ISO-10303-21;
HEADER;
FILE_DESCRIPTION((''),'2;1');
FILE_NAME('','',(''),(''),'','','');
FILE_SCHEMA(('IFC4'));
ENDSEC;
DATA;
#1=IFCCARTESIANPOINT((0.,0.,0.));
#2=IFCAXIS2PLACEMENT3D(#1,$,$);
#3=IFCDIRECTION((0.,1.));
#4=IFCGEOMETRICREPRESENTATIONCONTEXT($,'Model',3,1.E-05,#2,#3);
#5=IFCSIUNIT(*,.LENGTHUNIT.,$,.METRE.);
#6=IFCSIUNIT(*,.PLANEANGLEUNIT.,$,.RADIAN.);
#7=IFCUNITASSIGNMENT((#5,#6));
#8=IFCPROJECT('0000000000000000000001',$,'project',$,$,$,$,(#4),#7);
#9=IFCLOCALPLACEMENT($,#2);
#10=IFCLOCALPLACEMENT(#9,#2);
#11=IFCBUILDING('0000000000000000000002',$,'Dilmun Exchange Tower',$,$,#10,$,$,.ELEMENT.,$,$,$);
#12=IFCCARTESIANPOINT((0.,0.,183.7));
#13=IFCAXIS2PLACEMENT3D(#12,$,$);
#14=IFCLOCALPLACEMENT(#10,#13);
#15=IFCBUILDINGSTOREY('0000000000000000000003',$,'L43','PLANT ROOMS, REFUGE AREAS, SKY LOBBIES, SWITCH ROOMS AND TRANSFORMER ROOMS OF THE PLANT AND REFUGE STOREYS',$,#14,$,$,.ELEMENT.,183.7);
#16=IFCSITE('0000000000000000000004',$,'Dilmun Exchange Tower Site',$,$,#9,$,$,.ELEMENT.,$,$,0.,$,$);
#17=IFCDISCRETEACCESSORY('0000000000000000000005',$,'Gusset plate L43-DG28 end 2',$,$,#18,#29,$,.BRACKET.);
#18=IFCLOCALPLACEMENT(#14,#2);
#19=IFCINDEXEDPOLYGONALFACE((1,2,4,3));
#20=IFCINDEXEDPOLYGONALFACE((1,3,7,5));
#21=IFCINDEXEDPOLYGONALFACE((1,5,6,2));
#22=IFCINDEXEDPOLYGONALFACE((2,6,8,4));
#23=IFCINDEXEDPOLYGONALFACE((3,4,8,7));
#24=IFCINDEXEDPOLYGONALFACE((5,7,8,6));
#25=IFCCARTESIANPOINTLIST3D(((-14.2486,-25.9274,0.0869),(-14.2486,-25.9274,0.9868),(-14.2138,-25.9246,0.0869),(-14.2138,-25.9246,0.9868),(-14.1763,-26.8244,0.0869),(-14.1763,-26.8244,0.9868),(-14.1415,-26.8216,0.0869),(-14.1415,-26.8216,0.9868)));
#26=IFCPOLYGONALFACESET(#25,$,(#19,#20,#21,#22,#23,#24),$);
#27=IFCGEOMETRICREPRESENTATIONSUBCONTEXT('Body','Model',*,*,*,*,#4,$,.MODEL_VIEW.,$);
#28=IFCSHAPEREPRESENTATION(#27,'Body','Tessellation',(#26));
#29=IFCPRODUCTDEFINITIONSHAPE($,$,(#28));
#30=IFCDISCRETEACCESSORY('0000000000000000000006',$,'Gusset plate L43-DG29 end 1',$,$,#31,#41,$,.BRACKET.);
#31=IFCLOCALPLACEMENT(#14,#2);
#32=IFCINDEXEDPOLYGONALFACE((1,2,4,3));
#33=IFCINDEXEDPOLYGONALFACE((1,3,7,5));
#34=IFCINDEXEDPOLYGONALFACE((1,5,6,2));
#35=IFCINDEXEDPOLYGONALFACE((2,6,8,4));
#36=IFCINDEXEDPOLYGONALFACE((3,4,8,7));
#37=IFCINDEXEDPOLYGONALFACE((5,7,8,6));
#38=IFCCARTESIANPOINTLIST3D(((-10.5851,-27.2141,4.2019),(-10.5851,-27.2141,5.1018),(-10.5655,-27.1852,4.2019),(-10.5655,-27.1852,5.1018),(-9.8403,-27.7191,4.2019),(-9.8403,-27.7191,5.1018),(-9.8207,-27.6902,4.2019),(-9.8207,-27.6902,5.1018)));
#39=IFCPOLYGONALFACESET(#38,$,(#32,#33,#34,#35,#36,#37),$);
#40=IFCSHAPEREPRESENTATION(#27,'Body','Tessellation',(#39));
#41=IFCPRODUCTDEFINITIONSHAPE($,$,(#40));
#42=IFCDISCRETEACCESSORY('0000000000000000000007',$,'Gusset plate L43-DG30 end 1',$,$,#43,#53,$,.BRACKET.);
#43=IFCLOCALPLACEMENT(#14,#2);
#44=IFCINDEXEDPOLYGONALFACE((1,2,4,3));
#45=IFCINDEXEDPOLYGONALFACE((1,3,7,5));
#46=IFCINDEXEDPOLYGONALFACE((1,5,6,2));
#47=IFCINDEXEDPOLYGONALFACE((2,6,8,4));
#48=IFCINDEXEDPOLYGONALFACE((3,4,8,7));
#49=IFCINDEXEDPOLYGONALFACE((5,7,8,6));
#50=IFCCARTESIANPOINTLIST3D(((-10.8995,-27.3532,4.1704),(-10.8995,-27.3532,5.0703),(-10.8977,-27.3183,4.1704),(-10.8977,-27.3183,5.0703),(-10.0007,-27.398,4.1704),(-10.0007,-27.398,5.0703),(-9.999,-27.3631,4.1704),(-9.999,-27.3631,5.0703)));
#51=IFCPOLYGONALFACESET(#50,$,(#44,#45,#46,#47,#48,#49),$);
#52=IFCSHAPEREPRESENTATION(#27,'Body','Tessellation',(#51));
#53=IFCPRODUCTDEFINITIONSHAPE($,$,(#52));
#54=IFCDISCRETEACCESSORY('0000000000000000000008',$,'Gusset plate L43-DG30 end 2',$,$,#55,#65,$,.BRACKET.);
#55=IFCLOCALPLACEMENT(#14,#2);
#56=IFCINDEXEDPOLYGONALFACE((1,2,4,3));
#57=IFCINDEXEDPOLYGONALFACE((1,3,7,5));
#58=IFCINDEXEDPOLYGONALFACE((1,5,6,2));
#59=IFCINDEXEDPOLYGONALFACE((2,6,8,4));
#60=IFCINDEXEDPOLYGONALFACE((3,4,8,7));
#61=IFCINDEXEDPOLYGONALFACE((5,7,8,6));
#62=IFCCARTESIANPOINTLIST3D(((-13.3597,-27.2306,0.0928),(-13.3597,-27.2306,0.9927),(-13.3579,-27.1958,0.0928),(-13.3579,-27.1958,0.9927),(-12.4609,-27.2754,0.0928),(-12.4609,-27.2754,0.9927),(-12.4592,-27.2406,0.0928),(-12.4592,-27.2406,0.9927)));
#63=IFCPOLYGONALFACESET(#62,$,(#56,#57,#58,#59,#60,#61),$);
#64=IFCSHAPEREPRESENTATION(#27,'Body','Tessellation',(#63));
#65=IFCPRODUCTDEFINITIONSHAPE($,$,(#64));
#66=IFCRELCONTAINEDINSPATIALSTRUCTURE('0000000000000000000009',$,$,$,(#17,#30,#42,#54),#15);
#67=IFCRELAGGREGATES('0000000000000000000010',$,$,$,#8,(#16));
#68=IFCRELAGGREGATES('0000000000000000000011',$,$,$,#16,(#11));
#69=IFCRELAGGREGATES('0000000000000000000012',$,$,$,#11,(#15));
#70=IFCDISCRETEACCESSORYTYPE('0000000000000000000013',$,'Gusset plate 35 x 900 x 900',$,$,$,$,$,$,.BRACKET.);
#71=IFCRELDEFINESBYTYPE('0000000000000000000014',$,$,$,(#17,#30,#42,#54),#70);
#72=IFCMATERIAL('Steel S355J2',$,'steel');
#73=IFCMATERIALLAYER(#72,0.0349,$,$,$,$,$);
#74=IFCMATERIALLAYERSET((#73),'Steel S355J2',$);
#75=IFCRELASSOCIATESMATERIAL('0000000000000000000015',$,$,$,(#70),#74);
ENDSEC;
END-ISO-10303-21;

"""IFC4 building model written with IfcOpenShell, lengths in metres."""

from ifc_helpers import new_model, si_unit, direction, frame, origin, origin_2d, place, context, subcontext, project, spatial, rectangle, extrude, material, layer, layer_set, type_object, element, save


model = new_model("IFC4")

# Units and contexts
model_context = context("Model", 3, precision=1e-05, world=origin(), true_north=direction((0.0, 1.0)))
body_context = subcontext(model_context, "Body", "Model", "MODEL_VIEW")
ifc_project = project(units=[si_unit("LENGTHUNIT", "METRE"), si_unit("PLANEANGLEUNIT", "RADIAN")], contexts=[model_context])

# Site, building, storey
site_placement = place(None, origin())
site = spatial("IfcSite", under=ifc_project, at=site_placement, Name="Dilmun Exchange Tower Site", CompositionType="ELEMENT", RefElevation=0.0)
building_placement = place(site_placement, origin())
building = spatial("IfcBuilding", under=site, at=building_placement, Name="Dilmun Exchange Tower", CompositionType="ELEMENT")
storey_placement = place(building_placement, frame((0.0, 0.0, 183.7)))
storey = spatial("IfcBuildingStorey", under=building, at=storey_placement, Name="L43", Description="PLANT ROOMS, REFUGE AREAS, SKY LOBBIES, SWITCH ROOMS AND TRANSFORMER ROOMS OF THE PLANT AND REFUGE STOREYS", CompositionType="ELEMENT", Elevation=183.7)

# Discrete accessories
ifc_material_1 = material(Name="Steel S355J2", Category="steel")
ifc_layer_1 = layer(ifc_material_1, 0.0349)
ifc_layer_set_1 = layer_set([ifc_layer_1], Name="Steel S355J2")
discrete_accessory_type = type_object("IfcDiscreteAccessoryType", Name="Gusset plate 35 x 900 x 900", PredefinedType="BRACKET", material=ifc_layer_set_1)
for number, where, z_axis, x_axis, name in (
    (1, (-14.1951, -26.3745, 0.0869), (0.0, 0.0, 1.0), (0.080396, -0.996763, 0.0), "Gusset plate L43-DG28 end 2"),
    (2, (-10.2029, -27.4521, 4.2019), (0.0, 0.0, 1.0), (0.827698, -0.561174, 0.0), "Gusset plate L43-DG29 end 1"),
    (3, (-10.4492, -27.3582, 4.1704), (0.0, 0.0, 1.0), (-0.99876, 0.049777, 0.0), "Gusset plate L43-DG30 end 1"),
    (4, (-12.9094, -27.2356, 0.0928), (0.0, 0.0, 1.0), (-0.99876, 0.049777, 0.0), "Gusset plate L43-DG30 end 2"),
):
    element("IfcDiscreteAccessory", number, at=place(storey_placement, frame(where, z_axis=z_axis, x_axis=x_axis)), inside=storey, type_object=discrete_accessory_type, Name=name, PredefinedType="BRACKET", context=body_context, shape_type="SweptSolid", body=[
        extrude(rectangle(XDim=0.8999, YDim=0.0349, at=origin_2d()), origin(), (0.0, 0.0, 1.0), 0.8999),
    ])

save(model, "model.ifc")
